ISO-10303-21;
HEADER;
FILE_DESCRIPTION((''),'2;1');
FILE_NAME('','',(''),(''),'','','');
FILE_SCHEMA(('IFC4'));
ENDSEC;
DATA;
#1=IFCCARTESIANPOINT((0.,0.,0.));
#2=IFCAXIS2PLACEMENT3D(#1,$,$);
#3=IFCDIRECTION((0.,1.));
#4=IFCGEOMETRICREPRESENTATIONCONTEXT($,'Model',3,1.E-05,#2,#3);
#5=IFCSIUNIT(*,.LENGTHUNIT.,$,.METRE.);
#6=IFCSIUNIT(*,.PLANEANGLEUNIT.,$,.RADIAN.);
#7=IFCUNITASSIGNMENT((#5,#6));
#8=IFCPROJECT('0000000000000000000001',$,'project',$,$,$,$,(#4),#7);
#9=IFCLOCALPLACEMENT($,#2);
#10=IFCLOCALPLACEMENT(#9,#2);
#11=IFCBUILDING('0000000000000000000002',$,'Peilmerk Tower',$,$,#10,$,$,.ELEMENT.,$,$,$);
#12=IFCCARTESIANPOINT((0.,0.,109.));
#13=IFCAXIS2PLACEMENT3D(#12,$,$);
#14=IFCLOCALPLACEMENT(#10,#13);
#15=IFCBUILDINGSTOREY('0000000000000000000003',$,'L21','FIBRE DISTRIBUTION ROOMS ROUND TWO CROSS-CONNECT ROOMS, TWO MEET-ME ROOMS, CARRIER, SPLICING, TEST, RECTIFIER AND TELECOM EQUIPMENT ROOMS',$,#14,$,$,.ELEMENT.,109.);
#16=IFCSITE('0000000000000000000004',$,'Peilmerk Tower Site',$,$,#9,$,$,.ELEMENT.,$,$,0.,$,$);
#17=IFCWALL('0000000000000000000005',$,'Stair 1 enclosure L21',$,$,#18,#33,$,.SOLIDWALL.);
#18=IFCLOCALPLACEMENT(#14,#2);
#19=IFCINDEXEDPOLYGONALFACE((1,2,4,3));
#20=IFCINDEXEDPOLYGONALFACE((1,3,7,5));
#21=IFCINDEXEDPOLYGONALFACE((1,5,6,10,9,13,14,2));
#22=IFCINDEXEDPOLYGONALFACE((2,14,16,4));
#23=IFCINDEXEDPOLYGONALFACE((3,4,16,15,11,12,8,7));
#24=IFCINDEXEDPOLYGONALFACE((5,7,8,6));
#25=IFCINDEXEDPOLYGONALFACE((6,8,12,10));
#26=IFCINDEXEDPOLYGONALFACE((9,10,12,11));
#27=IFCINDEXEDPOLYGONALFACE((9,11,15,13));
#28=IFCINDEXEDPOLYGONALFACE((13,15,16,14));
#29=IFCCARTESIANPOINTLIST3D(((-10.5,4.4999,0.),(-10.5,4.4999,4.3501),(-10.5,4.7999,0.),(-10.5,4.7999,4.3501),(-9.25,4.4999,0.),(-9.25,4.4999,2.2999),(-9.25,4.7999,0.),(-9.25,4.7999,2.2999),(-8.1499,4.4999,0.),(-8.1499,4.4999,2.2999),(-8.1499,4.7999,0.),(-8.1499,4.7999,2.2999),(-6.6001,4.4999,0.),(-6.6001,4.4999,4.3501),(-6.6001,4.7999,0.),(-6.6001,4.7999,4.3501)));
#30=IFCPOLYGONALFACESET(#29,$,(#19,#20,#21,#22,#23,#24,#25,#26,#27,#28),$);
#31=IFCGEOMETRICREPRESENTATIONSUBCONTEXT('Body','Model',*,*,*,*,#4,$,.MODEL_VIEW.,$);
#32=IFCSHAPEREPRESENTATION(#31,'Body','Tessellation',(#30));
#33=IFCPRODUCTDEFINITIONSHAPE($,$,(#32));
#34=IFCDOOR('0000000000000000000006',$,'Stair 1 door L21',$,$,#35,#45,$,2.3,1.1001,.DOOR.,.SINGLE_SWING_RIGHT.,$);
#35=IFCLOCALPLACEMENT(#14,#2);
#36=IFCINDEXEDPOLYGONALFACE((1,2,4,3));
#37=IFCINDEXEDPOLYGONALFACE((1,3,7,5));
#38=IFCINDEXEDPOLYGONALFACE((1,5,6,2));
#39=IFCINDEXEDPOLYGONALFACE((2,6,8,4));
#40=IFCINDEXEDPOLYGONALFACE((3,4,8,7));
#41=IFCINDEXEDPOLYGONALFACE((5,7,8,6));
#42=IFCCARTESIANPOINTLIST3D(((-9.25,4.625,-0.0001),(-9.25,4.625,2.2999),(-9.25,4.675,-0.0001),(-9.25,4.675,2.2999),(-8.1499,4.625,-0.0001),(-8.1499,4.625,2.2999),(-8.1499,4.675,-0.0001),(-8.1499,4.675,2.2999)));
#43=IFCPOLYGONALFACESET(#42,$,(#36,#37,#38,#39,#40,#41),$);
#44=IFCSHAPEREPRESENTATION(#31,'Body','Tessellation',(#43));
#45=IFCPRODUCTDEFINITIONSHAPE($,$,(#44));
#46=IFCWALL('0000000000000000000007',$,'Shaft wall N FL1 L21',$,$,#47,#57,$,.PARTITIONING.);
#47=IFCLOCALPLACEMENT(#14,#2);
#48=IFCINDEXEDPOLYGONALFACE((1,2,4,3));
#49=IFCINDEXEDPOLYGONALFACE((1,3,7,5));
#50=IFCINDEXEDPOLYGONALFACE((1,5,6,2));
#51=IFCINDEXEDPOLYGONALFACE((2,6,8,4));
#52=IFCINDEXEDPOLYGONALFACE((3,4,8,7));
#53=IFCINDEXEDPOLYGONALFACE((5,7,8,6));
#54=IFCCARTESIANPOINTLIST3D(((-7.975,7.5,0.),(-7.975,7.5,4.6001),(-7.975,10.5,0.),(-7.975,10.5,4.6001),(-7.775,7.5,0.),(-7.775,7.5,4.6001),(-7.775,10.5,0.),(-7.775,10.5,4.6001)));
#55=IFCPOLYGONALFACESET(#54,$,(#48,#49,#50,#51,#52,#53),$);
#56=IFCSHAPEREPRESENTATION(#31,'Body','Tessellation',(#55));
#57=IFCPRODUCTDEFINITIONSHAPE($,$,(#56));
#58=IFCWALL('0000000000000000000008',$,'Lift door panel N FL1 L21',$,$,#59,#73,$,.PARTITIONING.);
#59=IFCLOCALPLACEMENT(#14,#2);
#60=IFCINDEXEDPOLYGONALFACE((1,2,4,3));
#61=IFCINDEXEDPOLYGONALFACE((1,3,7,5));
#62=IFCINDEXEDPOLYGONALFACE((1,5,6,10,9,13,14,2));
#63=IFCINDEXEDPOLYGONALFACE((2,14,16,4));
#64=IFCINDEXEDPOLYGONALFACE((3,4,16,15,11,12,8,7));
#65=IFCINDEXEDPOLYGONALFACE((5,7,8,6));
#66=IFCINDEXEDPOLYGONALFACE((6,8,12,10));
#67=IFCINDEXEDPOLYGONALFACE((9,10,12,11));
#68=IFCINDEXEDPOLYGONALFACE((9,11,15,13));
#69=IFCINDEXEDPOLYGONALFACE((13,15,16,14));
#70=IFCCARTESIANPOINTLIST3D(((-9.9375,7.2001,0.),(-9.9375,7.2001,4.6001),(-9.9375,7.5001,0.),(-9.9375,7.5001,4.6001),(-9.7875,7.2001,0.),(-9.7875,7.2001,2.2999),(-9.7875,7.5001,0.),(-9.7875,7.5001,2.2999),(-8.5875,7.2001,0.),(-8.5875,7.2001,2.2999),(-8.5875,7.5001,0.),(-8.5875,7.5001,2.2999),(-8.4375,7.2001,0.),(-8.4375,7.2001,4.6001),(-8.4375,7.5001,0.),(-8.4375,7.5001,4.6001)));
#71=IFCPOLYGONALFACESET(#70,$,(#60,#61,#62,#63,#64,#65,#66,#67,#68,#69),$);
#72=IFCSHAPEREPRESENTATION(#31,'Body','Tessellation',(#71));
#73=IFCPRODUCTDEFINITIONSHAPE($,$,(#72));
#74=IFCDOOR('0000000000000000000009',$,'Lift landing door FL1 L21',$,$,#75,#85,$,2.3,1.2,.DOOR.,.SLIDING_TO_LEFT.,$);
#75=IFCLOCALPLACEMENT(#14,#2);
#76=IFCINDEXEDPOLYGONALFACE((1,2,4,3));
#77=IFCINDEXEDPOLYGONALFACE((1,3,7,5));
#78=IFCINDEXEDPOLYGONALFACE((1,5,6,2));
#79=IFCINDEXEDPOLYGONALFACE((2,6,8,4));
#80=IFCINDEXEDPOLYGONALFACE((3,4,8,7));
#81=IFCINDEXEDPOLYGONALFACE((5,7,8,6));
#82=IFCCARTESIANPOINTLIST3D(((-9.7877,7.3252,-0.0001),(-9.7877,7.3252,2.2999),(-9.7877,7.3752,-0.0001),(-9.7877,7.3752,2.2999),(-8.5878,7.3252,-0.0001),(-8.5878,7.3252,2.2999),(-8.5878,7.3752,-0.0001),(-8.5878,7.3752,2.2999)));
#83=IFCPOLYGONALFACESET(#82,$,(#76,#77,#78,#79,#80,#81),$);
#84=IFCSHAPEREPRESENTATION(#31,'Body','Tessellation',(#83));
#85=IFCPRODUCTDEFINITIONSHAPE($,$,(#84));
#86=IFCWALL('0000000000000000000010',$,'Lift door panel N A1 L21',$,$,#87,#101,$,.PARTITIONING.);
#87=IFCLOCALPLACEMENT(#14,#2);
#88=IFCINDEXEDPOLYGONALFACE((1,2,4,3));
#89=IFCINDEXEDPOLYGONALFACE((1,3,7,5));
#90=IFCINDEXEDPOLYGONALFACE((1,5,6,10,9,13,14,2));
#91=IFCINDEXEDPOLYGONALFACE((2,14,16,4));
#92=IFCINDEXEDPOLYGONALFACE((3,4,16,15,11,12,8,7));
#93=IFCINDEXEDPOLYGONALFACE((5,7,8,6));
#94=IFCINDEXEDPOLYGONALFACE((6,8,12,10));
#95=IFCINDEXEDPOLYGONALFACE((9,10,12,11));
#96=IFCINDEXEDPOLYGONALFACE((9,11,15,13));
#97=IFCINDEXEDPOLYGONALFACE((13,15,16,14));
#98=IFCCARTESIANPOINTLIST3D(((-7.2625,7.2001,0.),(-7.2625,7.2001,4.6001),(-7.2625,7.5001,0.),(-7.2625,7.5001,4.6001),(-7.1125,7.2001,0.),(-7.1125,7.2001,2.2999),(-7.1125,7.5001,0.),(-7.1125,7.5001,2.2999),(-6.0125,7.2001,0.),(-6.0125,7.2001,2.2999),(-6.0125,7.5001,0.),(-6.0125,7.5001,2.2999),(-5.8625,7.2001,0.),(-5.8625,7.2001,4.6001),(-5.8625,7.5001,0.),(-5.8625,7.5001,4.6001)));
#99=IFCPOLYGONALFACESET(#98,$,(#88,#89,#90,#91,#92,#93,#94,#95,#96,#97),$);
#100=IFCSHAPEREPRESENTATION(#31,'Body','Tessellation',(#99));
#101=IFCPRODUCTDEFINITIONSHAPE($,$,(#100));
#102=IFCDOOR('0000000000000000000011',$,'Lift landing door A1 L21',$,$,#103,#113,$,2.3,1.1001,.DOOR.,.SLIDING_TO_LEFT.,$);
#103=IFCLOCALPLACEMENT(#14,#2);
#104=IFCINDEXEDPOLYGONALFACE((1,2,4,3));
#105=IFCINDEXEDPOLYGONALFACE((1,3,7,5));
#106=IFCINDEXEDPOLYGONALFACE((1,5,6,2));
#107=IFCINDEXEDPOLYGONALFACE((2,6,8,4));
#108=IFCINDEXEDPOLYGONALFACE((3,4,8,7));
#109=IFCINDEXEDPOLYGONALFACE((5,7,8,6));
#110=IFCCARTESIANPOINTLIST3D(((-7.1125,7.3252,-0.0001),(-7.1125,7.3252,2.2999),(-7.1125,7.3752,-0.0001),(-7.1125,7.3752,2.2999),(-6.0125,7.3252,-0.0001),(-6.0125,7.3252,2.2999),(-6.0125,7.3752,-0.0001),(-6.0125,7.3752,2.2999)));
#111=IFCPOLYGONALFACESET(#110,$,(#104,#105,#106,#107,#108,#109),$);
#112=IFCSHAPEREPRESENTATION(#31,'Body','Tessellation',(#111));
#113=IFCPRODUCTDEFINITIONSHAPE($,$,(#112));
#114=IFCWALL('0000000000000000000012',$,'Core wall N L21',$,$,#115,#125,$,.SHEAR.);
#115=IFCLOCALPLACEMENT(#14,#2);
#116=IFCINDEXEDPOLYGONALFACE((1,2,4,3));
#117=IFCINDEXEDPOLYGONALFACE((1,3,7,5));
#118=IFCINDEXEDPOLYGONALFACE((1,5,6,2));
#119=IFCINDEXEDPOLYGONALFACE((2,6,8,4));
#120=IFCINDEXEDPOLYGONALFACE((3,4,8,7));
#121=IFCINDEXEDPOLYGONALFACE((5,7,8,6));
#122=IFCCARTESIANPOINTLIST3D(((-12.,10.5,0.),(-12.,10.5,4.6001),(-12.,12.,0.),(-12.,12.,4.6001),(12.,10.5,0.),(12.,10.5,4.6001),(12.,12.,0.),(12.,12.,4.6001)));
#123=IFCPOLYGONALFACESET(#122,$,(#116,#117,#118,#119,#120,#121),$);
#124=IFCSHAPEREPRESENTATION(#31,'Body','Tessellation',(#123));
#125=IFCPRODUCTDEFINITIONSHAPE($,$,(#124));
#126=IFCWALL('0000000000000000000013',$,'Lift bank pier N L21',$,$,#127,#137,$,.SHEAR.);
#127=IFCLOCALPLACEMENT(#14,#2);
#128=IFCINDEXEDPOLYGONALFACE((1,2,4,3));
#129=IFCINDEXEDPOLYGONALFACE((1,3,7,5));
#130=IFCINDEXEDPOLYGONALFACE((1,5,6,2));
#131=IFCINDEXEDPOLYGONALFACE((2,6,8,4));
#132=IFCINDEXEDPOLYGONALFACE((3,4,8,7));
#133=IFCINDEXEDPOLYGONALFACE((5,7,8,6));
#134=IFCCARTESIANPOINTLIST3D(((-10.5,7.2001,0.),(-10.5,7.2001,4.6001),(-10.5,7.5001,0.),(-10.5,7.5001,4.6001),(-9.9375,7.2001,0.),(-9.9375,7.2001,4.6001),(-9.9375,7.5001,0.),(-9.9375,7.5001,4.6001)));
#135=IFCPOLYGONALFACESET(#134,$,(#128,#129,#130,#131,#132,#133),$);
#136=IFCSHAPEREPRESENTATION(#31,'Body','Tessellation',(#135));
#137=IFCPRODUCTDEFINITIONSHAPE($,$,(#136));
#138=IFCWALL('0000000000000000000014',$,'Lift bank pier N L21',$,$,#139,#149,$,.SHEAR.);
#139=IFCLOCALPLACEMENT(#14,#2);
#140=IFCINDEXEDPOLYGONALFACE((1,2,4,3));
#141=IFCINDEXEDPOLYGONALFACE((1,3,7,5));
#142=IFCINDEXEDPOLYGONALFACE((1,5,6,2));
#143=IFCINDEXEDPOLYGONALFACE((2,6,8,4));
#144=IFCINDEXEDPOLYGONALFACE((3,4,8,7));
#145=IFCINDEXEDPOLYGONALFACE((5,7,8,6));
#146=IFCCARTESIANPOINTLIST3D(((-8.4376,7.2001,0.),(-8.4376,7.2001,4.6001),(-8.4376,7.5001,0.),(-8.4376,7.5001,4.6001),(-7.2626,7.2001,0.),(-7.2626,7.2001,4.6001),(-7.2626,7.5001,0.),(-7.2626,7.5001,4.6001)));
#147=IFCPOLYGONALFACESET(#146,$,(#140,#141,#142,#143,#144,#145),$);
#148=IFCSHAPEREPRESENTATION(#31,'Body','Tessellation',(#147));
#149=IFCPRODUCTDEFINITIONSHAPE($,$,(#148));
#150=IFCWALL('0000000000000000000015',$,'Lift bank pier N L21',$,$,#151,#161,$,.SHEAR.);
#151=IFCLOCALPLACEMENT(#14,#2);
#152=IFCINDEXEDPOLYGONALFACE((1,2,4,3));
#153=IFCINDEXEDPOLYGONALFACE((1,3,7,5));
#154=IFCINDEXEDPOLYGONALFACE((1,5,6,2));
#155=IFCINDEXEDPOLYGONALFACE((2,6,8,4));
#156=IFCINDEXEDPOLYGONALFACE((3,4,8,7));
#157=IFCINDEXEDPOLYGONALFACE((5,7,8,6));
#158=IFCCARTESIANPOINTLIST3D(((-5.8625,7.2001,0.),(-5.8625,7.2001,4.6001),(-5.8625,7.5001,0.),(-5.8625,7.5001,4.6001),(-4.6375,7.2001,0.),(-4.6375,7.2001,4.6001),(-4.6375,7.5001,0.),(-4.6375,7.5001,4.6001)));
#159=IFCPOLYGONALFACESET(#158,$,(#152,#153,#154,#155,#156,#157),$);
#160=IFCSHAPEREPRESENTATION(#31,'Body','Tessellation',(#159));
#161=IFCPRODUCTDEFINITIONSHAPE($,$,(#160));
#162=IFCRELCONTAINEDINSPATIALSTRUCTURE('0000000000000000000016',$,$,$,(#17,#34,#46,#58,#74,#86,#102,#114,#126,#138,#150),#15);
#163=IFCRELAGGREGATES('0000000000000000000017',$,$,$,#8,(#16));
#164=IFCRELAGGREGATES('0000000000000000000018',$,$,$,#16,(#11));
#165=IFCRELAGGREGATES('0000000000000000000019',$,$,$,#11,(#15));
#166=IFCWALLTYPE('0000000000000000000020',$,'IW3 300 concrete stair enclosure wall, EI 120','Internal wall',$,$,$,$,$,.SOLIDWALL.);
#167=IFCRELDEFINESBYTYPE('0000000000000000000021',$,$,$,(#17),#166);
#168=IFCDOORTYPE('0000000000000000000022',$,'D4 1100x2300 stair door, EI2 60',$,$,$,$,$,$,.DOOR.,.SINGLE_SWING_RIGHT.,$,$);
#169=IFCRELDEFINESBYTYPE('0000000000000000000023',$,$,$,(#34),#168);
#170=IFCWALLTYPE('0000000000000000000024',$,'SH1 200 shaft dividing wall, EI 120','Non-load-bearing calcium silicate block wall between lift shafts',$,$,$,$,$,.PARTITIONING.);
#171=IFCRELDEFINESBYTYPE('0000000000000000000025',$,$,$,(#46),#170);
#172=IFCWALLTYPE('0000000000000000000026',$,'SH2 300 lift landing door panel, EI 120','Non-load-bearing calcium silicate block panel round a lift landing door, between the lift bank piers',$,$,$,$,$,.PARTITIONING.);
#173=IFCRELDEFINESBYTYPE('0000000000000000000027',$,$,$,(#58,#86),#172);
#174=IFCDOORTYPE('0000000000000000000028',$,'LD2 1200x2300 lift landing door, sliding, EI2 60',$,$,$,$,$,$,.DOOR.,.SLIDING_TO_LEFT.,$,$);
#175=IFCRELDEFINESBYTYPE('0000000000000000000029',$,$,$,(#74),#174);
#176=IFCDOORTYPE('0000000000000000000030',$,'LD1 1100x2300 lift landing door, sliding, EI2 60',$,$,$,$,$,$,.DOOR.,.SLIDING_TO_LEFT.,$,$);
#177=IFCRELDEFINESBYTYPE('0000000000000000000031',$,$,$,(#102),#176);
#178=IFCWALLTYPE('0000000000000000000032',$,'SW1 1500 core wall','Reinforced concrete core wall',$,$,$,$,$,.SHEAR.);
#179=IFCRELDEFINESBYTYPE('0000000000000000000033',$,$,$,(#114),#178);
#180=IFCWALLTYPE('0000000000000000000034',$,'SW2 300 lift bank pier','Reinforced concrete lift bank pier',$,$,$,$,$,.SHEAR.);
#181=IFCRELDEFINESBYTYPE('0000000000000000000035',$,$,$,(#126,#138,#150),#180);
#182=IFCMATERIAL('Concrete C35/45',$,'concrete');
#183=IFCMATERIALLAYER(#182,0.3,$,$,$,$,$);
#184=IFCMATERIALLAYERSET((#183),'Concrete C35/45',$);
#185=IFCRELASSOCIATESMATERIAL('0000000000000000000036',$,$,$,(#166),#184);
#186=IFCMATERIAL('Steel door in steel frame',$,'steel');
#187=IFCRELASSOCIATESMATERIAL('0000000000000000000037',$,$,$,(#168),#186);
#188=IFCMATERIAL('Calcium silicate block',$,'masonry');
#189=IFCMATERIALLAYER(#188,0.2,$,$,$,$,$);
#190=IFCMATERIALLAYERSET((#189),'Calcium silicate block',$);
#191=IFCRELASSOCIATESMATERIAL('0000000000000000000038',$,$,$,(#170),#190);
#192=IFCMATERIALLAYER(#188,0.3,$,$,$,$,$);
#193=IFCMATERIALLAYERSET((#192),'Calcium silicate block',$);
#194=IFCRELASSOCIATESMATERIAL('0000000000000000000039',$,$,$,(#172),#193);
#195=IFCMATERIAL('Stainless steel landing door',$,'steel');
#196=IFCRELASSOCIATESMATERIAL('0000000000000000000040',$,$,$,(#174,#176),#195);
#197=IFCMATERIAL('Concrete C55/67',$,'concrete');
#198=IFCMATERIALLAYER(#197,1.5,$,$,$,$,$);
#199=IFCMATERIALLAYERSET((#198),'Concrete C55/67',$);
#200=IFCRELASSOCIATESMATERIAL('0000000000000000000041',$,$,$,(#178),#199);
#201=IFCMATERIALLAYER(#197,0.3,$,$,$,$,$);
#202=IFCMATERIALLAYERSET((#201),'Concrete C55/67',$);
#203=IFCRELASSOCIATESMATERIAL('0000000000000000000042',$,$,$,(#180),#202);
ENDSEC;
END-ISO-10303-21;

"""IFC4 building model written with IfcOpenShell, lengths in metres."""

from ifc_helpers import new_model, si_unit, direction, frame, frame_2d, origin, place, context, subcontext, project, spatial, rectangle, extrude, material, layer, layer_set, type_object, element, fill, save


model = new_model("IFC4")

# Units and contexts
model_context = context("Model", 3, precision=1e-05, world=origin(), true_north=direction((0.0, 1.0)))
body_context = subcontext(model_context, "Body", "Model", "MODEL_VIEW")
ifc_project = project(units=[si_unit("LENGTHUNIT", "METRE"), si_unit("PLANEANGLEUNIT", "RADIAN")], contexts=[model_context])

# Site, building, storey
site_placement = place(None, origin())
site = spatial("IfcSite", under=ifc_project, at=site_placement, Name="Peilmerk Tower Site", CompositionType="ELEMENT", RefElevation=0.0)
building_placement = place(site_placement, origin())
building = spatial("IfcBuilding", under=site, at=building_placement, Name="Peilmerk Tower", CompositionType="ELEMENT")
storey_placement = place(building_placement, frame((0.0, 0.0, 109.0)))
storey = spatial("IfcBuildingStorey", under=building, at=storey_placement, Name="L21", Description="FIBRE DISTRIBUTION ROOMS ROUND TWO CROSS-CONNECT ROOMS, TWO MEET-ME ROOMS, CARRIER, SPLICING, TEST, RECTIFIER AND TELECOM EQUIPMENT ROOMS", CompositionType="ELEMENT", Elevation=109.0)

# Wall, opening, door
ifc_material_1 = material(Name="Concrete C35/45", Category="concrete")
ifc_layer_1 = layer(ifc_material_1, 0.3)
ifc_layer_set_1 = layer_set([ifc_layer_1], Name="Concrete C35/45")
wall_type_1 = type_object("IfcWallType", Name="IW3 300 concrete stair enclosure wall, EI 120", Description="Internal wall", PredefinedType="SOLIDWALL", material=ifc_layer_set_1)
wall_1_placement = place(storey_placement, frame((-10.5, 4.6499, 0.0), z_axis=(0.0, 0.0, 1.0), x_axis=(1.0, 0.0, 0.0)))
wall_1 = element("IfcWall", 1, at=wall_1_placement, inside=storey, type_object=wall_type_1, Name="Stair 1 enclosure L21", PredefinedType="SOLIDWALL", context=body_context, shape_type="SweptSolid", body=[
    extrude(rectangle(XDim=3.8999, YDim=0.3, at=frame_2d((1.95, 0.0))), origin(), (0.0, 0.0, 1.0), 4.3501),
])
opening_1_placement = place(wall_1_placement, frame((1.25, 0.0, 0.0)))
opening_1 = element("IfcOpeningElement", 2, at=opening_1_placement, cuts=wall_1, PredefinedType="OPENING", context=body_context, shape_type="SweptSolid", body=[
    extrude(rectangle(XDim=1.1001, YDim=2.3, at=frame_2d((0.55, 1.1499))), frame((0.0, 0.1599, 0.0), z_axis=(0.0, -1.0, 0.0), x_axis=(1.0, 0.0, 0.0)), (0.0, 0.0, 1.0), 0.3201),
])
ifc_material_2 = material(Name="Steel door in steel frame", Category="steel")
door_type_1 = type_object("IfcDoorType", Name="D4 1100x2300 stair door, EI2 60", OperationType="SINGLE_SWING_RIGHT", PredefinedType="DOOR", material=ifc_material_2)
door_1_placement = place(opening_1_placement, frame((1.1001, 0.0, 0.0), z_axis=(0.0, 0.0, 1.0), x_axis=(-1.0, 0.0, 0.0)))
door_1 = element("IfcDoor", 3, at=door_1_placement, inside=storey, type_object=door_type_1, Name="Stair 1 door L21", OperationType="SINGLE_SWING_RIGHT", OverallHeight=2.3, OverallWidth=1.1001, PredefinedType="DOOR", context=body_context, shape_type="SweptSolid", body=[
    extrude(rectangle(XDim=1.1001, YDim=2.3, at=frame_2d((0.55, 1.1499))), frame((0.0, 0.0249, 0.0), z_axis=(0.0, -1.0, 0.0), x_axis=(1.0, 0.0, 0.0)), (0.0, 0.0, 1.0), 0.05),
])
fill(opening_1, door_1)

# Wall
ifc_material_3 = material(Name="Calcium silicate block", Category="masonry")
ifc_layer_2 = layer(ifc_material_3, 0.2)
ifc_layer_set_2 = layer_set([ifc_layer_2], Name="Calcium silicate block")
wall_type_2 = type_object("IfcWallType", Name="SH1 200 shaft dividing wall, EI 120", Description="Non-load-bearing calcium silicate block wall between lift shafts", PredefinedType="PARTITIONING", material=ifc_layer_set_2)
wall_2_placement = place(storey_placement, frame((-7.875, 7.5, 0.0), z_axis=(0.0, 0.0, 1.0), x_axis=(0.0, 1.0, 0.0)))
element("IfcWall", 4, at=wall_2_placement, inside=storey, type_object=wall_type_2, Name="Shaft wall N FL1 L21", PredefinedType="PARTITIONING", context=body_context, shape_type="SweptSolid", body=[
    extrude(rectangle(XDim=3.0, YDim=0.2, at=frame_2d((1.5, 0.0))), origin(), (0.0, 0.0, 1.0), 4.6001),
])

# Walls, openings, doors
ifc_layer_3 = layer(ifc_material_3, 0.3)
ifc_layer_set_3 = layer_set([ifc_layer_3], Name="Calcium silicate block")
wall_type_3 = type_object("IfcWallType", Name="SH2 300 lift landing door panel, EI 120", Description="Non-load-bearing calcium silicate block panel round a lift landing door, between the lift bank piers", PredefinedType="PARTITIONING", material=ifc_layer_set_3)
wall_3_placement = place(storey_placement, frame((-9.9375, 7.3501, 0.0), z_axis=(0.0, 0.0, 1.0), x_axis=(1.0, 0.0, 0.0)))
wall_3 = element("IfcWall", 5, at=wall_3_placement, inside=storey, type_object=wall_type_3, Name="Lift door panel N FL1 L21", PredefinedType="PARTITIONING", context=body_context, shape_type="SweptSolid", body=[
    extrude(rectangle(XDim=1.5, YDim=0.3, at=frame_2d((0.75, 0.0))), origin(), (0.0, 0.0, 1.0), 4.6001),
])
opening_2_placement = place(wall_3_placement, frame((0.1499, 0.0, 0.0)))
opening_2 = element("IfcOpeningElement", 6, at=opening_2_placement, cuts=wall_3, PredefinedType="OPENING", context=body_context, shape_type="SweptSolid", body=[
    extrude(rectangle(XDim=1.2, YDim=2.3, at=frame_2d((0.6001, 1.1499))), frame((0.0, 0.1599, 0.0), z_axis=(0.0, -1.0, 0.0), x_axis=(1.0, 0.0, 0.0)), (0.0, 0.0, 1.0), 0.3201),
])
ifc_material_4 = material(Name="Stainless steel landing door", Category="steel")
door_type_2 = type_object("IfcDoorType", Name="LD2 1200x2300 lift landing door, sliding, EI2 60", OperationType="SLIDING_TO_LEFT", PredefinedType="DOOR", material=ifc_material_4)
door_2_placement = place(opening_2_placement, frame((1.2, 0.0, 0.0), z_axis=(0.0, 0.0, 1.0), x_axis=(-1.0, 0.0, 0.0)))
door_2 = element("IfcDoor", 7, at=door_2_placement, inside=storey, type_object=door_type_2, Name="Lift landing door FL1 L21", OperationType="SLIDING_TO_LEFT", OverallHeight=2.3, OverallWidth=1.2, PredefinedType="DOOR", context=body_context, shape_type="SweptSolid", body=[
    extrude(rectangle(XDim=1.2, YDim=2.3, at=frame_2d((0.6001, 1.1499))), frame((0.0, 0.0249, 0.0), z_axis=(0.0, -1.0, 0.0), x_axis=(1.0, 0.0, 0.0)), (0.0, 0.0, 1.0), 0.05),
])
fill(opening_2, door_2)
wall_4_placement = place(storey_placement, frame((-7.2625, 7.3501, 0.0), z_axis=(0.0, 0.0, 1.0), x_axis=(1.0, 0.0, 0.0)))
wall_4 = element("IfcWall", 8, at=wall_4_placement, inside=storey, type_object=wall_type_3, Name="Lift door panel N A1 L21", PredefinedType="PARTITIONING", context=body_context, shape_type="SweptSolid", body=[
    extrude(rectangle(XDim=1.3999, YDim=0.3, at=frame_2d((0.7, 0.0))), origin(), (0.0, 0.0, 1.0), 4.6001),
])
opening_3_placement = place(wall_4_placement, frame((0.1499, 0.0, 0.0)))
opening_3 = element("IfcOpeningElement", 9, at=opening_3_placement, cuts=wall_4, PredefinedType="OPENING", context=body_context, shape_type="SweptSolid", body=[
    extrude(rectangle(XDim=1.1001, YDim=2.3, at=frame_2d((0.55, 1.1499))), frame((0.0, 0.1599, 0.0), z_axis=(0.0, -1.0, 0.0), x_axis=(1.0, 0.0, 0.0)), (0.0, 0.0, 1.0), 0.3201),
])
door_type_3 = type_object("IfcDoorType", Name="LD1 1100x2300 lift landing door, sliding, EI2 60", OperationType="SLIDING_TO_LEFT", PredefinedType="DOOR", material=ifc_material_4)
door_3_placement = place(opening_3_placement, frame((1.1001, 0.0, 0.0), z_axis=(0.0, 0.0, 1.0), x_axis=(-1.0, 0.0, 0.0)))
door_3 = element("IfcDoor", 10, at=door_3_placement, inside=storey, type_object=door_type_3, Name="Lift landing door A1 L21", OperationType="SLIDING_TO_LEFT", OverallHeight=2.3, OverallWidth=1.1001, PredefinedType="DOOR", context=body_context, shape_type="SweptSolid", body=[
    extrude(rectangle(XDim=1.1001, YDim=2.3, at=frame_2d((0.55, 1.1499))), frame((0.0, 0.0249, 0.0), z_axis=(0.0, -1.0, 0.0), x_axis=(1.0, 0.0, 0.0)), (0.0, 0.0, 1.0), 0.05),
])
fill(opening_3, door_3)

# Walls
ifc_material_5 = material(Name="Concrete C55/67", Category="concrete")
ifc_layer_4 = layer(ifc_material_5, 1.5)
ifc_layer_set_4 = layer_set([ifc_layer_4], Name="Concrete C55/67")
wall_type_4 = type_object("IfcWallType", Name="SW1 1500 core wall", Description="Reinforced concrete core wall", PredefinedType="SHEAR", material=ifc_layer_set_4)
wall_5_placement = place(storey_placement, frame((-12.0, 11.25, 0.0), z_axis=(0.0, 0.0, 1.0), x_axis=(1.0, 0.0, 0.0)))
element("IfcWall", 11, at=wall_5_placement, inside=storey, type_object=wall_type_4, Name="Core wall N L21", PredefinedType="SHEAR", context=body_context, shape_type="SweptSolid", body=[
    extrude(rectangle(XDim=24.0, YDim=1.5, at=frame_2d((12.0, 0.0))), origin(), (0.0, 0.0, 1.0), 4.6001),
])
ifc_layer_5 = layer(ifc_material_5, 0.3)
ifc_layer_set_5 = layer_set([ifc_layer_5], Name="Concrete C55/67")
wall_type_5 = type_object("IfcWallType", Name="SW2 300 lift bank pier", Description="Reinforced concrete lift bank pier", PredefinedType="SHEAR", material=ifc_layer_set_5)
wall_6_placement = place(storey_placement, frame((-10.5, 7.3501, 0.0), z_axis=(0.0, 0.0, 1.0), x_axis=(1.0, 0.0, 0.0)))
element("IfcWall", 12, at=wall_6_placement, inside=storey, type_object=wall_type_5, Name="Lift bank pier N L21", PredefinedType="SHEAR", context=body_context, shape_type="SweptSolid", body=[
    extrude(rectangle(XDim=0.5625, YDim=0.3, at=frame_2d((0.2812, 0.0))), origin(), (0.0, 0.0, 1.0), 4.6001),
])
wall_7_placement = place(storey_placement, frame((-8.4375, 7.3501, 0.0), z_axis=(0.0, 0.0, 1.0), x_axis=(1.0, 0.0, 0.0)))
element("IfcWall", 13, at=wall_7_placement, inside=storey, type_object=wall_type_5, Name="Lift bank pier N L21", PredefinedType="SHEAR", context=body_context, shape_type="SweptSolid", body=[
    extrude(rectangle(XDim=1.175, YDim=0.3, at=frame_2d((0.5874, 0.0))), origin(), (0.0, 0.0, 1.0), 4.6001),
])
wall_8_placement = place(storey_placement, frame((-5.8625, 7.3501, 0.0), z_axis=(0.0, 0.0, 1.0), x_axis=(1.0, 0.0, 0.0)))
element("IfcWall", 14, at=wall_8_placement, inside=storey, type_object=wall_type_5, Name="Lift bank pier N L21", PredefinedType="SHEAR", context=body_context, shape_type="SweptSolid", body=[
    extrude(rectangle(XDim=1.2251, YDim=0.3, at=frame_2d((0.6125, 0.0))), origin(), (0.0, 0.0, 1.0), 4.6001),
])

save(model, "model.ifc")
